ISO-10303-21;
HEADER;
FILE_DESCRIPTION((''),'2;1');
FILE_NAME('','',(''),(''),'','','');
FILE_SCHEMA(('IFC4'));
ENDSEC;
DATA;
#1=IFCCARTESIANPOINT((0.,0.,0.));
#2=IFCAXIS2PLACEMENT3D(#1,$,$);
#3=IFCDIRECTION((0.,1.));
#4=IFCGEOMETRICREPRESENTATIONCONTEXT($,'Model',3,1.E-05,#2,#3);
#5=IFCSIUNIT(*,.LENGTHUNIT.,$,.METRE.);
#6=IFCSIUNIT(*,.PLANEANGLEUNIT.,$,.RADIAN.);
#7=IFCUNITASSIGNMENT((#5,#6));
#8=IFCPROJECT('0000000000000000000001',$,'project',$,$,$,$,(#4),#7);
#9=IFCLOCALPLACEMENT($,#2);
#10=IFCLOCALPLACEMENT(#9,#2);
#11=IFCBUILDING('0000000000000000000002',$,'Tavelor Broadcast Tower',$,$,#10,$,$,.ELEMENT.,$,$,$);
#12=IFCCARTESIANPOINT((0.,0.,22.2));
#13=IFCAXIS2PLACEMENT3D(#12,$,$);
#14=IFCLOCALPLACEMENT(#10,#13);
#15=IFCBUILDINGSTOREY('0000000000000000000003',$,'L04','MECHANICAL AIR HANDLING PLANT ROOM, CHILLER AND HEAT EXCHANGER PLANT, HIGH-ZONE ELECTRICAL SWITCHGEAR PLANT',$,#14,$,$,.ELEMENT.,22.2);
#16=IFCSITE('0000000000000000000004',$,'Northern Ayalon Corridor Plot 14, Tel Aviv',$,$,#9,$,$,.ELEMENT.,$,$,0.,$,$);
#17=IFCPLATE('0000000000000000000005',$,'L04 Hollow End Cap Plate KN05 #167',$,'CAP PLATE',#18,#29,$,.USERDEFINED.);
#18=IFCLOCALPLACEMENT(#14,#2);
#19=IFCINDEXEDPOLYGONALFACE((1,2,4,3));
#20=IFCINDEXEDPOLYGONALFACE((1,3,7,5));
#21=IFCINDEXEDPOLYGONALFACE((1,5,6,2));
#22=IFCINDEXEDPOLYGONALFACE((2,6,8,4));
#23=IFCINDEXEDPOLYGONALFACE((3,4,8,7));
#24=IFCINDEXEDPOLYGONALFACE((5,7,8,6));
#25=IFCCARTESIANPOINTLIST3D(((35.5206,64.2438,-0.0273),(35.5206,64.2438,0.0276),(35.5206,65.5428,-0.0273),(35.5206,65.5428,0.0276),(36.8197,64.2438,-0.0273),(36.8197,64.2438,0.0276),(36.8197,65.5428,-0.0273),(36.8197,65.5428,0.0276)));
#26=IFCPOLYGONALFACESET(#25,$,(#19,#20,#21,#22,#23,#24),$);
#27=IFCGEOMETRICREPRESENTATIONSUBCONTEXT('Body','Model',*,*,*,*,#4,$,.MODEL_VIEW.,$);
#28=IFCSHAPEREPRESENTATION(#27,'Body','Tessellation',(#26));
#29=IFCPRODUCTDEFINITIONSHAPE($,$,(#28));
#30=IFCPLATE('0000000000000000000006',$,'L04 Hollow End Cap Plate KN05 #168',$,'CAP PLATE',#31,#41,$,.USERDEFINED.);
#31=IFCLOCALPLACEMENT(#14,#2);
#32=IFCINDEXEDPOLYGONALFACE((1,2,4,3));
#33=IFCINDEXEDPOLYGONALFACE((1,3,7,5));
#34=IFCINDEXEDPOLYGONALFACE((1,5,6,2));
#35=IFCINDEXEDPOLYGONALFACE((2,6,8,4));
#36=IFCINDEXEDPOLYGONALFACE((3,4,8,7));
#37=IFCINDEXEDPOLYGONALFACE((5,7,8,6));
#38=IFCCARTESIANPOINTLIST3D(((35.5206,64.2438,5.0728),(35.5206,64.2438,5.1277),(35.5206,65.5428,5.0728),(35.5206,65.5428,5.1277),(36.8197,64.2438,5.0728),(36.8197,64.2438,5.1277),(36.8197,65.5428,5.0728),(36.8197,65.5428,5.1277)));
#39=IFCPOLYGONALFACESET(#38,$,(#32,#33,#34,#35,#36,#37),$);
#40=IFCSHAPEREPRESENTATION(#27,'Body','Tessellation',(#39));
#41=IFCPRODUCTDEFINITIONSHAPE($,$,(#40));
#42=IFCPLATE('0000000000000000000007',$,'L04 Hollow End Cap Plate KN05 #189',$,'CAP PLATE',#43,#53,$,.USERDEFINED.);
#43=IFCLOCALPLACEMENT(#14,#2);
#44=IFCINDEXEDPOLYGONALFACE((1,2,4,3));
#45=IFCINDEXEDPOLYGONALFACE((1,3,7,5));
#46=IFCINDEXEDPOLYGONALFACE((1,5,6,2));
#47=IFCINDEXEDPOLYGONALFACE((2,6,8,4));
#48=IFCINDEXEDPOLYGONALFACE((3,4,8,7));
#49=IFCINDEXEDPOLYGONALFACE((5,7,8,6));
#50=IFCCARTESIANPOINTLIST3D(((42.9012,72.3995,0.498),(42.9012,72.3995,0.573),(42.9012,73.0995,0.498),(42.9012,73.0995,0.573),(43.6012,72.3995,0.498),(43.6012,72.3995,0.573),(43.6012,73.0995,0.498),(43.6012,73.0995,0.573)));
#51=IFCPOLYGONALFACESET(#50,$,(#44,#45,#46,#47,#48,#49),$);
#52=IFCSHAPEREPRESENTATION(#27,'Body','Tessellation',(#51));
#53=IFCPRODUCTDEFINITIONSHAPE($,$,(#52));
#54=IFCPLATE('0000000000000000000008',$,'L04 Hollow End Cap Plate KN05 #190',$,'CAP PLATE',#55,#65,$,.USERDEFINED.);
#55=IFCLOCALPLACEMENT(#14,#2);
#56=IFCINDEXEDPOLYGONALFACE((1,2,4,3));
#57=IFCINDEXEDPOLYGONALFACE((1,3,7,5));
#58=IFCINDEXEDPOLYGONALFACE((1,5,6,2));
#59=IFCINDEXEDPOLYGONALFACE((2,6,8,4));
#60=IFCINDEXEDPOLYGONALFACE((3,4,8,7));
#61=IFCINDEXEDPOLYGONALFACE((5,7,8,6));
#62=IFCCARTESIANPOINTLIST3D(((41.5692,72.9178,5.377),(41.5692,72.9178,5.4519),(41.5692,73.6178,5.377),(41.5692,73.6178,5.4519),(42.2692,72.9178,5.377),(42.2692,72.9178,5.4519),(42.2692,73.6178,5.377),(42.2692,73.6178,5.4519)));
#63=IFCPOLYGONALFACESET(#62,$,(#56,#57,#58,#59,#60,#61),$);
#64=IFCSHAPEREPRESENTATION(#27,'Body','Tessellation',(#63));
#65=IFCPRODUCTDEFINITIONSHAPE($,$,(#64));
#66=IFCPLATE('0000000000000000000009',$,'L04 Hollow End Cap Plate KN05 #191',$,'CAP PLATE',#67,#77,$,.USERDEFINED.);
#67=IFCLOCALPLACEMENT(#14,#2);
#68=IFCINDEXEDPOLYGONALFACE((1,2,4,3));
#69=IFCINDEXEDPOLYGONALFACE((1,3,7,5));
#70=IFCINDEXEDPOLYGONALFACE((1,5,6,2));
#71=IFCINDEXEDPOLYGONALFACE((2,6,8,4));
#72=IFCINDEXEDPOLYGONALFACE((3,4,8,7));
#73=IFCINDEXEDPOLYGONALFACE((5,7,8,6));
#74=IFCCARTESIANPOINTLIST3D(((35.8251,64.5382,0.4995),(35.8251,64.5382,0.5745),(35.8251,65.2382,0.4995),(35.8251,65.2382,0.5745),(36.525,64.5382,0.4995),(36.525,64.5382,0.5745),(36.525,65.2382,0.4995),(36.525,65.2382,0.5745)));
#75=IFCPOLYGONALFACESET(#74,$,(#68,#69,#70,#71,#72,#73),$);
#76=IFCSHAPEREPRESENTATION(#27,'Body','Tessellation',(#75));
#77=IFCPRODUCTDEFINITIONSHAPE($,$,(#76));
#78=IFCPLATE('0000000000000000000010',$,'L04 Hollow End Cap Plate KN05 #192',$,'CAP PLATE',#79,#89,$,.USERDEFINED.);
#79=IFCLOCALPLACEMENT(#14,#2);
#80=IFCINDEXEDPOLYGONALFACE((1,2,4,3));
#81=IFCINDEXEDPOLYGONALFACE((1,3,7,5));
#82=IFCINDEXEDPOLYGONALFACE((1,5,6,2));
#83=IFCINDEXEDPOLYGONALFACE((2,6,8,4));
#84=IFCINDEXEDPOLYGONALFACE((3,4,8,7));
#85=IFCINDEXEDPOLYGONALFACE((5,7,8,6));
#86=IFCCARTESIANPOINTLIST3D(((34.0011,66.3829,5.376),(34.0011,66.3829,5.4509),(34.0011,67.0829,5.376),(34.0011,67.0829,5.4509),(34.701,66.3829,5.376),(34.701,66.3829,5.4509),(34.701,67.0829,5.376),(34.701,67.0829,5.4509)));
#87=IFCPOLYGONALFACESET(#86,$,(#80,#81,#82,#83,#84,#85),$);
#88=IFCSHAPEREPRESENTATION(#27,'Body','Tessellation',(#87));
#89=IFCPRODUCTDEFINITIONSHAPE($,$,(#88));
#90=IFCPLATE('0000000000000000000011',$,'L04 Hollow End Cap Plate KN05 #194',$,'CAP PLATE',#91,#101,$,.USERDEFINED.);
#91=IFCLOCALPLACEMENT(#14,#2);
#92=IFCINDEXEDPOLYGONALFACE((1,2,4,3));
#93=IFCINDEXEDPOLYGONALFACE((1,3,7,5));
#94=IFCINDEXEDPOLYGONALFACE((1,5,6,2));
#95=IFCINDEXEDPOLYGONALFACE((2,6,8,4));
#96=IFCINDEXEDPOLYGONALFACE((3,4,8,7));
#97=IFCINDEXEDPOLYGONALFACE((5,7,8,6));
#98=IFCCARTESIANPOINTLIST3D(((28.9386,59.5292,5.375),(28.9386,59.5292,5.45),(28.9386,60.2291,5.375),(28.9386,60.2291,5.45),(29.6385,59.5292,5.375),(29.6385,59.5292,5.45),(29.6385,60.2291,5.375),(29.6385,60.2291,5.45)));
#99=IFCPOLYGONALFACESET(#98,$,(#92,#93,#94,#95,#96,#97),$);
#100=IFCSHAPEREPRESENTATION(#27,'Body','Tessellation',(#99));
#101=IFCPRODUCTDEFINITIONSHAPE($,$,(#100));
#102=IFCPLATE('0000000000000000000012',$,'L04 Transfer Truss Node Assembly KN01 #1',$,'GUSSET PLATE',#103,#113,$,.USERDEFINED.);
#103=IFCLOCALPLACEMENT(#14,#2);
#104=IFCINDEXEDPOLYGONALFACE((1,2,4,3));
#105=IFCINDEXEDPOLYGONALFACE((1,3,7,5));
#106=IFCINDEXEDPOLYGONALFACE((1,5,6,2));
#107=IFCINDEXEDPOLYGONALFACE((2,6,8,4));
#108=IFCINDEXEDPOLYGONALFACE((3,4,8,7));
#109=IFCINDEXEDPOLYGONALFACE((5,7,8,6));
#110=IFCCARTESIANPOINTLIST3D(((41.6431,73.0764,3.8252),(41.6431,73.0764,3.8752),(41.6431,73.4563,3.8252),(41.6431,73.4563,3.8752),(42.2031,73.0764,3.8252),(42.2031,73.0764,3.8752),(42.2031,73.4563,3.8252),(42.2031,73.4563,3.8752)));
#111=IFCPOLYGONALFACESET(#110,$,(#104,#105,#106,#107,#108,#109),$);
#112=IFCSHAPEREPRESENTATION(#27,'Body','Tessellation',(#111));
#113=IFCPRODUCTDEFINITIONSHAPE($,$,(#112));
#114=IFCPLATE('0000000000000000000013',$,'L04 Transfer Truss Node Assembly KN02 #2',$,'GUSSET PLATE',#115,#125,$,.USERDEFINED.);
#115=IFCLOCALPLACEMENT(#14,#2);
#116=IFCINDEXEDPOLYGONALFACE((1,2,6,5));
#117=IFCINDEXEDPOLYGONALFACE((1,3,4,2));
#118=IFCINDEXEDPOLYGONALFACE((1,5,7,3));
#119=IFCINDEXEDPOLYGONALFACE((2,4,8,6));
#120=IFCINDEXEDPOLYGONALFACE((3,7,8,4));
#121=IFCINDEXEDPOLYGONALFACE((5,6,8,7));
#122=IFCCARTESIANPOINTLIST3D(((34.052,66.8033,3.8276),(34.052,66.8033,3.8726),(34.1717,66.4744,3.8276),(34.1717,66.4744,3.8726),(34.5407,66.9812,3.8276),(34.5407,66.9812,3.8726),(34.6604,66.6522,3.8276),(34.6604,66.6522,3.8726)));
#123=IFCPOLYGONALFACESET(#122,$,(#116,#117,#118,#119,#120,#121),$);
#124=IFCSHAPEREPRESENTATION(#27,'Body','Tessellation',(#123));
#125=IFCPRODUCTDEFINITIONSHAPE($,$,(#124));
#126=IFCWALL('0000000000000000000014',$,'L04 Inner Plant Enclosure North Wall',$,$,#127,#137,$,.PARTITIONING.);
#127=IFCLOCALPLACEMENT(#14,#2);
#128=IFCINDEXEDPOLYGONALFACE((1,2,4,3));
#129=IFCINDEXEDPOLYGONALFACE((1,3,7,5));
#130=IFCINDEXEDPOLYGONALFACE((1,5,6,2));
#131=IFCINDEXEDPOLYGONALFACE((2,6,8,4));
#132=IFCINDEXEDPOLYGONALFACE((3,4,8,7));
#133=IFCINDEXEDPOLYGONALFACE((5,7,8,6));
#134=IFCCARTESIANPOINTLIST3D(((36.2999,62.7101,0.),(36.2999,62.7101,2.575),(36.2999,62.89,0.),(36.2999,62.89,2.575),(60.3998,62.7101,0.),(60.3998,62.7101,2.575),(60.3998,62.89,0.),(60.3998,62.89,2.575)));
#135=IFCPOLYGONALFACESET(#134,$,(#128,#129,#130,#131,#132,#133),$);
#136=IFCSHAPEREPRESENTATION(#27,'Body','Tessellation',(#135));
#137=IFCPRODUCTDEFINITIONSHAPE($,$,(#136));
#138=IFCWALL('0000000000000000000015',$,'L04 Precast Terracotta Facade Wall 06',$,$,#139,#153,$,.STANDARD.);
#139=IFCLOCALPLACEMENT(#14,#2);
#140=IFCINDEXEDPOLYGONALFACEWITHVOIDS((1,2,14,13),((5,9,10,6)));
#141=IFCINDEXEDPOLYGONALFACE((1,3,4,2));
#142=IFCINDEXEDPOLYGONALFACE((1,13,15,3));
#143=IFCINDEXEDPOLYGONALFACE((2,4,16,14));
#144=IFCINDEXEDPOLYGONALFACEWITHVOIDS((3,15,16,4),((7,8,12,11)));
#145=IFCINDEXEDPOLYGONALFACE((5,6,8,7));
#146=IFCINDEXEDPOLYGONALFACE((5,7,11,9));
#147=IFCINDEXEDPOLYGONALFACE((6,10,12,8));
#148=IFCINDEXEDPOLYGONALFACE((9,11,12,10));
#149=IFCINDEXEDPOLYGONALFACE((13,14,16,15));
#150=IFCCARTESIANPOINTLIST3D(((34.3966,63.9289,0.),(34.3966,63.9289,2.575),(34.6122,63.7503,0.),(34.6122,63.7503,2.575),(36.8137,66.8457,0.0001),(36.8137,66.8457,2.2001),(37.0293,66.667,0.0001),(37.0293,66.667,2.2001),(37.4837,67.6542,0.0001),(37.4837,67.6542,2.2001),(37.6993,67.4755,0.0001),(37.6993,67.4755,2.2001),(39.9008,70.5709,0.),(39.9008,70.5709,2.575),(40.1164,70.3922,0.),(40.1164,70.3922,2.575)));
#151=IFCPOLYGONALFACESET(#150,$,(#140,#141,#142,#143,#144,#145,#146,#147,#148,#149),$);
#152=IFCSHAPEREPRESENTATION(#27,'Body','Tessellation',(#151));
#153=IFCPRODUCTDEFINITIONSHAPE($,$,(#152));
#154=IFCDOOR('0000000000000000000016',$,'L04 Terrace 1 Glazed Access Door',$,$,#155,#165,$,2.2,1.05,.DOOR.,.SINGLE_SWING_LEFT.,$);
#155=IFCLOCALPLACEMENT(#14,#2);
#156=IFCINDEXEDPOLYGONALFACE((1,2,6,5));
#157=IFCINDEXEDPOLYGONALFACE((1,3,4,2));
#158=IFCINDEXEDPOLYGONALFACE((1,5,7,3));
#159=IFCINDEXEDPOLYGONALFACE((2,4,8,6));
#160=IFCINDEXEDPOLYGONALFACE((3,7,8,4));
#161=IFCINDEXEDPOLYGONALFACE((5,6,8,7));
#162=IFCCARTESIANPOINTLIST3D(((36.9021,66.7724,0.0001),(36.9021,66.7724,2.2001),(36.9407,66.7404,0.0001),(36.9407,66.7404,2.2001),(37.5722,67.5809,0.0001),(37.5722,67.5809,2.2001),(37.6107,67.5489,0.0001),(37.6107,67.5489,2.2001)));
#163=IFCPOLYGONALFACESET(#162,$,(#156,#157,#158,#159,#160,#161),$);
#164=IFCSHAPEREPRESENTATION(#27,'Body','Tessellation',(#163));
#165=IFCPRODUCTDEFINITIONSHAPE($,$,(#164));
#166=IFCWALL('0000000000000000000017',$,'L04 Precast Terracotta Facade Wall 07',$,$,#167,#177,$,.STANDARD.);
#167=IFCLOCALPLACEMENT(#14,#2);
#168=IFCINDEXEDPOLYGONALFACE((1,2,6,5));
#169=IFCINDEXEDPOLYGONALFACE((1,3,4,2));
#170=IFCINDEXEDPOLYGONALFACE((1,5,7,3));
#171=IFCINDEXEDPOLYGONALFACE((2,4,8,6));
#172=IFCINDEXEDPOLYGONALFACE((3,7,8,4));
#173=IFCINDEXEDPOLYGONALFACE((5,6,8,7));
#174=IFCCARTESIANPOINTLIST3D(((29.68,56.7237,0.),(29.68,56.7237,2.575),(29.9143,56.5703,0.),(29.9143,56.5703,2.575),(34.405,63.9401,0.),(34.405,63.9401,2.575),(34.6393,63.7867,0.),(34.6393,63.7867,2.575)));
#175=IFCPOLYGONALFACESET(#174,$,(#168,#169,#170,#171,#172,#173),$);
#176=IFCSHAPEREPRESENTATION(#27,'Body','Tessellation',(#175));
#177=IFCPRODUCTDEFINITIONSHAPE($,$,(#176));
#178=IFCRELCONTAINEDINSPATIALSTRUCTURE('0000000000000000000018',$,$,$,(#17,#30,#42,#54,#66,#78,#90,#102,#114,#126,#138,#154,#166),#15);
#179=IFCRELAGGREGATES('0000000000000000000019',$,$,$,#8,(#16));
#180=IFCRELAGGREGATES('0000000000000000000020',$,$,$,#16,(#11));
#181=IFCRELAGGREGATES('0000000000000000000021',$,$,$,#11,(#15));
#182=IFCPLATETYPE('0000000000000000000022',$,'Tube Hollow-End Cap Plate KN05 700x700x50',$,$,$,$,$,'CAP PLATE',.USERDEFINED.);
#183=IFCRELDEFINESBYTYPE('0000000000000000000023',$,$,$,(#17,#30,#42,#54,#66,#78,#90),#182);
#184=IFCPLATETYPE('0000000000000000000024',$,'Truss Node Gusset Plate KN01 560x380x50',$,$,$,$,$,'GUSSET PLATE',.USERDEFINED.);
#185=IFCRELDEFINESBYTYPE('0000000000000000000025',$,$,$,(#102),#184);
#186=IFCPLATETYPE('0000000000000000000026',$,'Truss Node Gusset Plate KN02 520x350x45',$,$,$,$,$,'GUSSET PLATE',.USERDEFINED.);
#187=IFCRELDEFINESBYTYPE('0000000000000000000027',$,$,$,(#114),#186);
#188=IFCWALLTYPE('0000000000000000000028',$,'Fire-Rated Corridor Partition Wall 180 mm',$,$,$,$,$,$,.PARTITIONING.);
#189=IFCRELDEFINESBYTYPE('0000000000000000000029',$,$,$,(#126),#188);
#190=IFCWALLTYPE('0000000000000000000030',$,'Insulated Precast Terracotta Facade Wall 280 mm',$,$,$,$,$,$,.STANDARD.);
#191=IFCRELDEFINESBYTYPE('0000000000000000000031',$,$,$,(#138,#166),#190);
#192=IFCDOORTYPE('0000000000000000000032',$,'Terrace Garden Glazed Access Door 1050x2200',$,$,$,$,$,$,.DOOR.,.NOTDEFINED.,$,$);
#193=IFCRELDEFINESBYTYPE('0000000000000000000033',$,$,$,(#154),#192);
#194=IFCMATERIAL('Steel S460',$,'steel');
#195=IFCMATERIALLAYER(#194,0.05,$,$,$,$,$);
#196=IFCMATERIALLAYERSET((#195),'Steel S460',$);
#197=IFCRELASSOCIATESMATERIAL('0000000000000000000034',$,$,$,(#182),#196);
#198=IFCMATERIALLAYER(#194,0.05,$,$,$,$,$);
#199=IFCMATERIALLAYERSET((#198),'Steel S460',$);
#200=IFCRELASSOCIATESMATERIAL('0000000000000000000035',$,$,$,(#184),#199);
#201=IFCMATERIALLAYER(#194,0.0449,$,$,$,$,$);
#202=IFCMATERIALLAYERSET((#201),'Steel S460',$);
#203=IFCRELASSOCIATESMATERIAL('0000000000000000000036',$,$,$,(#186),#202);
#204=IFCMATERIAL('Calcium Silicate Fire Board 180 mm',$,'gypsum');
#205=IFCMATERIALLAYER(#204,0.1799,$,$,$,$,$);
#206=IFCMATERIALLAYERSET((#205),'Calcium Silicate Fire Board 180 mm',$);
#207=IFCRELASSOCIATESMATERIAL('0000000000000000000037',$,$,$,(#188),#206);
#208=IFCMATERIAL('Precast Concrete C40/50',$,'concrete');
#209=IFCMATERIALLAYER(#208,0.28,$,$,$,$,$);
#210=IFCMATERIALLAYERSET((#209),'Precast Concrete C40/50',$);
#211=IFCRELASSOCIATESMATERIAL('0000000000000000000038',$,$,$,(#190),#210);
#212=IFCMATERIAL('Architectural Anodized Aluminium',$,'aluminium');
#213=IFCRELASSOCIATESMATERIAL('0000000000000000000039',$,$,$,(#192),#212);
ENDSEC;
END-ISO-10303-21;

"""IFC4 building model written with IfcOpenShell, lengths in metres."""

from ifc_helpers import new_model, si_unit, direction, frame, frame_2d, origin, origin_2d, place, context, subcontext, project, spatial, rectangle, extrude, source, transform, mapped, material, layer, layer_set, type_object, type_shapes, element, fill, save


model = new_model("IFC4")

# Units and contexts
model_context = context("Model", 3, precision=1e-05, world=origin(), true_north=direction((0.0, 1.0)))
body_context = subcontext(model_context, "Body", "Model", "MODEL_VIEW")
ifc_project = project(units=[si_unit("LENGTHUNIT", "METRE"), si_unit("PLANEANGLEUNIT", "RADIAN")], contexts=[model_context])

# Site, building, storey
site_placement = place(None, origin())
site = spatial("IfcSite", under=ifc_project, at=site_placement, Name="Northern Ayalon Corridor Plot 14, Tel Aviv", CompositionType="ELEMENT", RefElevation=0.0)
building_placement = place(site_placement, origin())
building = spatial("IfcBuilding", under=site, at=building_placement, Name="Tavelor Broadcast Tower", CompositionType="ELEMENT")
storey_placement = place(building_placement, frame((0.0, 0.0, 22.2)))
storey = spatial("IfcBuildingStorey", under=building, at=storey_placement, Name="L04", Description="MECHANICAL AIR HANDLING PLANT ROOM, CHILLER AND HEAT EXCHANGER PLANT, HIGH-ZONE ELECTRICAL SWITCHGEAR PLANT", CompositionType="ELEMENT", Elevation=22.2)

# Shared definitions
ifc_material_1 = material(Name="Steel S460", Category="steel")

# Plates
ifc_layer_1 = layer(ifc_material_1, 0.05)
ifc_layer_set_1 = layer_set([ifc_layer_1], Name="Steel S460")
plate_type_1 = type_object("IfcPlateType", Name="Tube Hollow-End Cap Plate KN05 700x700x50", ElementType="CAP PLATE", PredefinedType="USERDEFINED", material=ifc_layer_set_1)
shared_shape_1 = source(origin(), body_context, "Body", "SweptSolid", [
    extrude(rectangle(XDim=1.2991, YDim=1.2991, at=origin_2d()), origin(), (0.0, 0.0, 1.0), 0.0549),
])
for number, where, z_axis, x_axis, name in (
    (1, (36.1702, 64.8933, -0.0273), (0.0, 0.0, 1.0), (1.0, 0.0, 0.0), "L04 Hollow End Cap Plate KN05 #167"),
    (2, (36.1702, 64.8933, 5.0728), (0.0, 0.0, 1.0), (1.0, 0.0, 0.0), "L04 Hollow End Cap Plate KN05 #168"),
):
    element("IfcPlate", number, at=place(storey_placement, frame(where, z_axis=z_axis, x_axis=x_axis)), inside=storey, type_object=plate_type_1, Name=name, ObjectType="CAP PLATE", PredefinedType="USERDEFINED", context=body_context, shape_type="MappedRepresentation", body=[
        mapped(shared_shape_1, transform((0.0, 0.0, 0.0), scale=1.0)),
    ])
shared_shape_2 = source(origin(), body_context, "Body", "SweptSolid", [
    extrude(rectangle(XDim=0.7, YDim=0.7, at=origin_2d()), origin(), (0.0, 0.0, 1.0), 0.075),
])
type_shapes(plate_type_1, [shared_shape_1, shared_shape_2])
for number, where, z_axis, x_axis, name in (
    (3, (43.2512, 72.7495, 0.498), (0.0, 0.0, 1.0), (1.0, 0.0, 0.0), "L04 Hollow End Cap Plate KN05 #189"),
    (4, (41.9192, 73.2678, 5.377), (0.0, 0.0, 1.0), (1.0, 0.0, 0.0), "L04 Hollow End Cap Plate KN05 #190"),
    (5, (36.175, 64.8882, 0.4995), (0.0, 0.0, 1.0), (1.0, 0.0, 0.0), "L04 Hollow End Cap Plate KN05 #191"),
    (6, (34.3511, 66.7329, 5.376), (0.0, 0.0, 1.0), (1.0, 0.0, 0.0), "L04 Hollow End Cap Plate KN05 #192"),
    (7, (29.2886, 59.8792, 5.375), (0.0, 0.0, 1.0), (1.0, 0.0, 0.0), "L04 Hollow End Cap Plate KN05 #194"),
):
    element("IfcPlate", number, at=place(storey_placement, frame(where, z_axis=z_axis, x_axis=x_axis)), inside=storey, type_object=plate_type_1, Name=name, ObjectType="CAP PLATE", PredefinedType="USERDEFINED", context=body_context, shape_type="MappedRepresentation", body=[
        mapped(shared_shape_2, transform((0.0, 0.0, 0.0), scale=1.0)),
    ])
ifc_layer_2 = layer(ifc_material_1, 0.05)
ifc_layer_set_2 = layer_set([ifc_layer_2], Name="Steel S460")
plate_type_2 = type_object("IfcPlateType", Name="Truss Node Gusset Plate KN01 560x380x50", ElementType="GUSSET PLATE", PredefinedType="USERDEFINED", material=ifc_layer_set_2)
shared_shape_3 = source(origin(), body_context, "Body", "SweptSolid", [
    extrude(rectangle(XDim=0.5601, YDim=0.3799, at=origin_2d()), origin(), (0.0, 0.0, 1.0), 0.05),
])
type_shapes(plate_type_2, [shared_shape_3])
plate_1_placement = place(storey_placement, frame((41.9231, 73.2664, 3.8252), z_axis=(0.0, 0.0, 1.0), x_axis=(1.0, 0.0, 0.0)))
element("IfcPlate", 8, at=plate_1_placement, inside=storey, type_object=plate_type_2, Name="L04 Transfer Truss Node Assembly KN01 #1", ObjectType="GUSSET PLATE", PredefinedType="USERDEFINED", context=body_context, shape_type="MappedRepresentation", body=[
    mapped(shared_shape_3, transform((0.0, 0.0, 0.0), scale=1.0)),
])
ifc_layer_3 = layer(ifc_material_1, 0.0449)
ifc_layer_set_3 = layer_set([ifc_layer_3], Name="Steel S460")
plate_type_3 = type_object("IfcPlateType", Name="Truss Node Gusset Plate KN02 520x350x45", ElementType="GUSSET PLATE", PredefinedType="USERDEFINED", material=ifc_layer_set_3)
shared_shape_4 = source(origin(), body_context, "Body", "SweptSolid", [
    extrude(rectangle(XDim=0.52, YDim=0.3501, at=origin_2d()), origin(), (0.0, 0.0, 1.0), 0.0449),
])
type_shapes(plate_type_3, [shared_shape_4])
plate_2_placement = place(storey_placement, frame((34.3562, 66.7278, 3.8276), z_axis=(0.0, 0.0, 1.0), x_axis=(0.939693, 0.34202, 0.0)))
element("IfcPlate", 9, at=plate_2_placement, inside=storey, type_object=plate_type_3, Name="L04 Transfer Truss Node Assembly KN02 #2", ObjectType="GUSSET PLATE", PredefinedType="USERDEFINED", context=body_context, shape_type="MappedRepresentation", body=[
    mapped(shared_shape_4, transform((0.0, 0.0, 0.0), scale=1.0)),
])

# Wall
ifc_material_2 = material(Name="Calcium Silicate Fire Board 180 mm", Category="gypsum")
ifc_layer_4 = layer(ifc_material_2, 0.1799)
ifc_layer_set_4 = layer_set([ifc_layer_4], Name="Calcium Silicate Fire Board 180 mm")
wall_type_1 = type_object("IfcWallType", Name="Fire-Rated Corridor Partition Wall 180 mm", PredefinedType="PARTITIONING", material=ifc_layer_set_4)
wall_1_placement = place(storey_placement, frame((36.3, 62.8, 0.0), z_axis=(0.0, 0.0, 1.0), x_axis=(1.0, 0.0, 0.0)))
element("IfcWall", 10, at=wall_1_placement, inside=storey, type_object=wall_type_1, Name="L04 Inner Plant Enclosure North Wall", PredefinedType="PARTITIONING", context=body_context, shape_type="SweptSolid", body=[
    extrude(rectangle(XDim=24.0999, YDim=0.1799, at=frame_2d((12.0498, 0.0))), origin(), (0.0, 0.0, 1.0), 2.575),
])

# Wall, opening, door
ifc_material_3 = material(Name="Precast Concrete C40/50", Category="concrete")
ifc_layer_5 = layer(ifc_material_3, 0.28)
ifc_layer_set_5 = layer_set([ifc_layer_5], Name="Precast Concrete C40/50")
wall_type_2 = type_object("IfcWallType", Name="Insulated Precast Terracotta Facade Wall 280 mm", PredefinedType="STANDARD", material=ifc_layer_set_5)
wall_2_placement = place(storey_placement, frame((40.0085, 70.4814, 0.0), z_axis=(0.0, 0.0, 1.0), x_axis=(-0.63808, -0.76997, 0.0)))
wall_2 = element("IfcWall", 11, at=wall_2_placement, inside=storey, type_object=wall_type_2, Name="L04 Precast Terracotta Facade Wall 06", PredefinedType="STANDARD", context=body_context, shape_type="SweptSolid", body=[
    extrude(rectangle(XDim=8.6262, YDim=0.28, at=frame_2d((4.313, 0.0))), origin(), (0.0, 0.0, 1.0), 2.575),
])
opening_placement = place(wall_2_placement, frame((3.7881, 0.0, 0.0)))
opening = element("IfcOpeningElement", 12, at=opening_placement, cuts=wall_2, PredefinedType="OPENING", context=body_context, shape_type="SweptSolid", body=[
    extrude(rectangle(XDim=1.05, YDim=2.2, at=frame_2d((0.5249, 1.1001))), frame((0.0, 0.1499, 0.0), z_axis=(0.0, -1.0, 0.0), x_axis=(1.0, 0.0, 0.0)), (0.0, 0.0, 1.0), 0.3),
])
ifc_material_4 = material(Name="Architectural Anodized Aluminium", Category="aluminium")
door_type = type_object("IfcDoorType", Name="Terrace Garden Glazed Access Door 1050x2200", OperationType="NOTDEFINED", PredefinedType="DOOR", material=ifc_material_4)
door_placement = place(opening_placement, origin())
door = element("IfcDoor", 13, at=door_placement, inside=storey, type_object=door_type, Name="L04 Terrace 1 Glazed Access Door", OperationType="SINGLE_SWING_LEFT", OverallHeight=2.2, OverallWidth=1.05, PredefinedType="DOOR", context=body_context, shape_type="SweptSolid", body=[
    extrude(rectangle(XDim=1.05, YDim=2.2, at=frame_2d((0.5249, 1.1001))), frame((0.0, 0.0249, 0.0), z_axis=(0.0, -1.0, 0.0), x_axis=(1.0, 0.0, 0.0)), (0.0, 0.0, 1.0), 0.05),
])
fill(opening, door)

# Wall
wall_3_placement = place(storey_placement, frame((34.5222, 63.8635, 0.0), z_axis=(0.0, 0.0, 1.0), x_axis=(-0.547784, -0.83662, 0.0)))
element("IfcWall", 14, at=wall_3_placement, inside=storey, type_object=wall_type_2, Name="L04 Precast Terracotta Facade Wall 07", PredefinedType="STANDARD", context=body_context, shape_type="SweptSolid", body=[
    extrude(rectangle(XDim=8.6257, YDim=0.28, at=frame_2d((4.313, 0.0))), origin(), (0.0, 0.0, 1.0), 2.575),
])

save(model, "model.ifc")
